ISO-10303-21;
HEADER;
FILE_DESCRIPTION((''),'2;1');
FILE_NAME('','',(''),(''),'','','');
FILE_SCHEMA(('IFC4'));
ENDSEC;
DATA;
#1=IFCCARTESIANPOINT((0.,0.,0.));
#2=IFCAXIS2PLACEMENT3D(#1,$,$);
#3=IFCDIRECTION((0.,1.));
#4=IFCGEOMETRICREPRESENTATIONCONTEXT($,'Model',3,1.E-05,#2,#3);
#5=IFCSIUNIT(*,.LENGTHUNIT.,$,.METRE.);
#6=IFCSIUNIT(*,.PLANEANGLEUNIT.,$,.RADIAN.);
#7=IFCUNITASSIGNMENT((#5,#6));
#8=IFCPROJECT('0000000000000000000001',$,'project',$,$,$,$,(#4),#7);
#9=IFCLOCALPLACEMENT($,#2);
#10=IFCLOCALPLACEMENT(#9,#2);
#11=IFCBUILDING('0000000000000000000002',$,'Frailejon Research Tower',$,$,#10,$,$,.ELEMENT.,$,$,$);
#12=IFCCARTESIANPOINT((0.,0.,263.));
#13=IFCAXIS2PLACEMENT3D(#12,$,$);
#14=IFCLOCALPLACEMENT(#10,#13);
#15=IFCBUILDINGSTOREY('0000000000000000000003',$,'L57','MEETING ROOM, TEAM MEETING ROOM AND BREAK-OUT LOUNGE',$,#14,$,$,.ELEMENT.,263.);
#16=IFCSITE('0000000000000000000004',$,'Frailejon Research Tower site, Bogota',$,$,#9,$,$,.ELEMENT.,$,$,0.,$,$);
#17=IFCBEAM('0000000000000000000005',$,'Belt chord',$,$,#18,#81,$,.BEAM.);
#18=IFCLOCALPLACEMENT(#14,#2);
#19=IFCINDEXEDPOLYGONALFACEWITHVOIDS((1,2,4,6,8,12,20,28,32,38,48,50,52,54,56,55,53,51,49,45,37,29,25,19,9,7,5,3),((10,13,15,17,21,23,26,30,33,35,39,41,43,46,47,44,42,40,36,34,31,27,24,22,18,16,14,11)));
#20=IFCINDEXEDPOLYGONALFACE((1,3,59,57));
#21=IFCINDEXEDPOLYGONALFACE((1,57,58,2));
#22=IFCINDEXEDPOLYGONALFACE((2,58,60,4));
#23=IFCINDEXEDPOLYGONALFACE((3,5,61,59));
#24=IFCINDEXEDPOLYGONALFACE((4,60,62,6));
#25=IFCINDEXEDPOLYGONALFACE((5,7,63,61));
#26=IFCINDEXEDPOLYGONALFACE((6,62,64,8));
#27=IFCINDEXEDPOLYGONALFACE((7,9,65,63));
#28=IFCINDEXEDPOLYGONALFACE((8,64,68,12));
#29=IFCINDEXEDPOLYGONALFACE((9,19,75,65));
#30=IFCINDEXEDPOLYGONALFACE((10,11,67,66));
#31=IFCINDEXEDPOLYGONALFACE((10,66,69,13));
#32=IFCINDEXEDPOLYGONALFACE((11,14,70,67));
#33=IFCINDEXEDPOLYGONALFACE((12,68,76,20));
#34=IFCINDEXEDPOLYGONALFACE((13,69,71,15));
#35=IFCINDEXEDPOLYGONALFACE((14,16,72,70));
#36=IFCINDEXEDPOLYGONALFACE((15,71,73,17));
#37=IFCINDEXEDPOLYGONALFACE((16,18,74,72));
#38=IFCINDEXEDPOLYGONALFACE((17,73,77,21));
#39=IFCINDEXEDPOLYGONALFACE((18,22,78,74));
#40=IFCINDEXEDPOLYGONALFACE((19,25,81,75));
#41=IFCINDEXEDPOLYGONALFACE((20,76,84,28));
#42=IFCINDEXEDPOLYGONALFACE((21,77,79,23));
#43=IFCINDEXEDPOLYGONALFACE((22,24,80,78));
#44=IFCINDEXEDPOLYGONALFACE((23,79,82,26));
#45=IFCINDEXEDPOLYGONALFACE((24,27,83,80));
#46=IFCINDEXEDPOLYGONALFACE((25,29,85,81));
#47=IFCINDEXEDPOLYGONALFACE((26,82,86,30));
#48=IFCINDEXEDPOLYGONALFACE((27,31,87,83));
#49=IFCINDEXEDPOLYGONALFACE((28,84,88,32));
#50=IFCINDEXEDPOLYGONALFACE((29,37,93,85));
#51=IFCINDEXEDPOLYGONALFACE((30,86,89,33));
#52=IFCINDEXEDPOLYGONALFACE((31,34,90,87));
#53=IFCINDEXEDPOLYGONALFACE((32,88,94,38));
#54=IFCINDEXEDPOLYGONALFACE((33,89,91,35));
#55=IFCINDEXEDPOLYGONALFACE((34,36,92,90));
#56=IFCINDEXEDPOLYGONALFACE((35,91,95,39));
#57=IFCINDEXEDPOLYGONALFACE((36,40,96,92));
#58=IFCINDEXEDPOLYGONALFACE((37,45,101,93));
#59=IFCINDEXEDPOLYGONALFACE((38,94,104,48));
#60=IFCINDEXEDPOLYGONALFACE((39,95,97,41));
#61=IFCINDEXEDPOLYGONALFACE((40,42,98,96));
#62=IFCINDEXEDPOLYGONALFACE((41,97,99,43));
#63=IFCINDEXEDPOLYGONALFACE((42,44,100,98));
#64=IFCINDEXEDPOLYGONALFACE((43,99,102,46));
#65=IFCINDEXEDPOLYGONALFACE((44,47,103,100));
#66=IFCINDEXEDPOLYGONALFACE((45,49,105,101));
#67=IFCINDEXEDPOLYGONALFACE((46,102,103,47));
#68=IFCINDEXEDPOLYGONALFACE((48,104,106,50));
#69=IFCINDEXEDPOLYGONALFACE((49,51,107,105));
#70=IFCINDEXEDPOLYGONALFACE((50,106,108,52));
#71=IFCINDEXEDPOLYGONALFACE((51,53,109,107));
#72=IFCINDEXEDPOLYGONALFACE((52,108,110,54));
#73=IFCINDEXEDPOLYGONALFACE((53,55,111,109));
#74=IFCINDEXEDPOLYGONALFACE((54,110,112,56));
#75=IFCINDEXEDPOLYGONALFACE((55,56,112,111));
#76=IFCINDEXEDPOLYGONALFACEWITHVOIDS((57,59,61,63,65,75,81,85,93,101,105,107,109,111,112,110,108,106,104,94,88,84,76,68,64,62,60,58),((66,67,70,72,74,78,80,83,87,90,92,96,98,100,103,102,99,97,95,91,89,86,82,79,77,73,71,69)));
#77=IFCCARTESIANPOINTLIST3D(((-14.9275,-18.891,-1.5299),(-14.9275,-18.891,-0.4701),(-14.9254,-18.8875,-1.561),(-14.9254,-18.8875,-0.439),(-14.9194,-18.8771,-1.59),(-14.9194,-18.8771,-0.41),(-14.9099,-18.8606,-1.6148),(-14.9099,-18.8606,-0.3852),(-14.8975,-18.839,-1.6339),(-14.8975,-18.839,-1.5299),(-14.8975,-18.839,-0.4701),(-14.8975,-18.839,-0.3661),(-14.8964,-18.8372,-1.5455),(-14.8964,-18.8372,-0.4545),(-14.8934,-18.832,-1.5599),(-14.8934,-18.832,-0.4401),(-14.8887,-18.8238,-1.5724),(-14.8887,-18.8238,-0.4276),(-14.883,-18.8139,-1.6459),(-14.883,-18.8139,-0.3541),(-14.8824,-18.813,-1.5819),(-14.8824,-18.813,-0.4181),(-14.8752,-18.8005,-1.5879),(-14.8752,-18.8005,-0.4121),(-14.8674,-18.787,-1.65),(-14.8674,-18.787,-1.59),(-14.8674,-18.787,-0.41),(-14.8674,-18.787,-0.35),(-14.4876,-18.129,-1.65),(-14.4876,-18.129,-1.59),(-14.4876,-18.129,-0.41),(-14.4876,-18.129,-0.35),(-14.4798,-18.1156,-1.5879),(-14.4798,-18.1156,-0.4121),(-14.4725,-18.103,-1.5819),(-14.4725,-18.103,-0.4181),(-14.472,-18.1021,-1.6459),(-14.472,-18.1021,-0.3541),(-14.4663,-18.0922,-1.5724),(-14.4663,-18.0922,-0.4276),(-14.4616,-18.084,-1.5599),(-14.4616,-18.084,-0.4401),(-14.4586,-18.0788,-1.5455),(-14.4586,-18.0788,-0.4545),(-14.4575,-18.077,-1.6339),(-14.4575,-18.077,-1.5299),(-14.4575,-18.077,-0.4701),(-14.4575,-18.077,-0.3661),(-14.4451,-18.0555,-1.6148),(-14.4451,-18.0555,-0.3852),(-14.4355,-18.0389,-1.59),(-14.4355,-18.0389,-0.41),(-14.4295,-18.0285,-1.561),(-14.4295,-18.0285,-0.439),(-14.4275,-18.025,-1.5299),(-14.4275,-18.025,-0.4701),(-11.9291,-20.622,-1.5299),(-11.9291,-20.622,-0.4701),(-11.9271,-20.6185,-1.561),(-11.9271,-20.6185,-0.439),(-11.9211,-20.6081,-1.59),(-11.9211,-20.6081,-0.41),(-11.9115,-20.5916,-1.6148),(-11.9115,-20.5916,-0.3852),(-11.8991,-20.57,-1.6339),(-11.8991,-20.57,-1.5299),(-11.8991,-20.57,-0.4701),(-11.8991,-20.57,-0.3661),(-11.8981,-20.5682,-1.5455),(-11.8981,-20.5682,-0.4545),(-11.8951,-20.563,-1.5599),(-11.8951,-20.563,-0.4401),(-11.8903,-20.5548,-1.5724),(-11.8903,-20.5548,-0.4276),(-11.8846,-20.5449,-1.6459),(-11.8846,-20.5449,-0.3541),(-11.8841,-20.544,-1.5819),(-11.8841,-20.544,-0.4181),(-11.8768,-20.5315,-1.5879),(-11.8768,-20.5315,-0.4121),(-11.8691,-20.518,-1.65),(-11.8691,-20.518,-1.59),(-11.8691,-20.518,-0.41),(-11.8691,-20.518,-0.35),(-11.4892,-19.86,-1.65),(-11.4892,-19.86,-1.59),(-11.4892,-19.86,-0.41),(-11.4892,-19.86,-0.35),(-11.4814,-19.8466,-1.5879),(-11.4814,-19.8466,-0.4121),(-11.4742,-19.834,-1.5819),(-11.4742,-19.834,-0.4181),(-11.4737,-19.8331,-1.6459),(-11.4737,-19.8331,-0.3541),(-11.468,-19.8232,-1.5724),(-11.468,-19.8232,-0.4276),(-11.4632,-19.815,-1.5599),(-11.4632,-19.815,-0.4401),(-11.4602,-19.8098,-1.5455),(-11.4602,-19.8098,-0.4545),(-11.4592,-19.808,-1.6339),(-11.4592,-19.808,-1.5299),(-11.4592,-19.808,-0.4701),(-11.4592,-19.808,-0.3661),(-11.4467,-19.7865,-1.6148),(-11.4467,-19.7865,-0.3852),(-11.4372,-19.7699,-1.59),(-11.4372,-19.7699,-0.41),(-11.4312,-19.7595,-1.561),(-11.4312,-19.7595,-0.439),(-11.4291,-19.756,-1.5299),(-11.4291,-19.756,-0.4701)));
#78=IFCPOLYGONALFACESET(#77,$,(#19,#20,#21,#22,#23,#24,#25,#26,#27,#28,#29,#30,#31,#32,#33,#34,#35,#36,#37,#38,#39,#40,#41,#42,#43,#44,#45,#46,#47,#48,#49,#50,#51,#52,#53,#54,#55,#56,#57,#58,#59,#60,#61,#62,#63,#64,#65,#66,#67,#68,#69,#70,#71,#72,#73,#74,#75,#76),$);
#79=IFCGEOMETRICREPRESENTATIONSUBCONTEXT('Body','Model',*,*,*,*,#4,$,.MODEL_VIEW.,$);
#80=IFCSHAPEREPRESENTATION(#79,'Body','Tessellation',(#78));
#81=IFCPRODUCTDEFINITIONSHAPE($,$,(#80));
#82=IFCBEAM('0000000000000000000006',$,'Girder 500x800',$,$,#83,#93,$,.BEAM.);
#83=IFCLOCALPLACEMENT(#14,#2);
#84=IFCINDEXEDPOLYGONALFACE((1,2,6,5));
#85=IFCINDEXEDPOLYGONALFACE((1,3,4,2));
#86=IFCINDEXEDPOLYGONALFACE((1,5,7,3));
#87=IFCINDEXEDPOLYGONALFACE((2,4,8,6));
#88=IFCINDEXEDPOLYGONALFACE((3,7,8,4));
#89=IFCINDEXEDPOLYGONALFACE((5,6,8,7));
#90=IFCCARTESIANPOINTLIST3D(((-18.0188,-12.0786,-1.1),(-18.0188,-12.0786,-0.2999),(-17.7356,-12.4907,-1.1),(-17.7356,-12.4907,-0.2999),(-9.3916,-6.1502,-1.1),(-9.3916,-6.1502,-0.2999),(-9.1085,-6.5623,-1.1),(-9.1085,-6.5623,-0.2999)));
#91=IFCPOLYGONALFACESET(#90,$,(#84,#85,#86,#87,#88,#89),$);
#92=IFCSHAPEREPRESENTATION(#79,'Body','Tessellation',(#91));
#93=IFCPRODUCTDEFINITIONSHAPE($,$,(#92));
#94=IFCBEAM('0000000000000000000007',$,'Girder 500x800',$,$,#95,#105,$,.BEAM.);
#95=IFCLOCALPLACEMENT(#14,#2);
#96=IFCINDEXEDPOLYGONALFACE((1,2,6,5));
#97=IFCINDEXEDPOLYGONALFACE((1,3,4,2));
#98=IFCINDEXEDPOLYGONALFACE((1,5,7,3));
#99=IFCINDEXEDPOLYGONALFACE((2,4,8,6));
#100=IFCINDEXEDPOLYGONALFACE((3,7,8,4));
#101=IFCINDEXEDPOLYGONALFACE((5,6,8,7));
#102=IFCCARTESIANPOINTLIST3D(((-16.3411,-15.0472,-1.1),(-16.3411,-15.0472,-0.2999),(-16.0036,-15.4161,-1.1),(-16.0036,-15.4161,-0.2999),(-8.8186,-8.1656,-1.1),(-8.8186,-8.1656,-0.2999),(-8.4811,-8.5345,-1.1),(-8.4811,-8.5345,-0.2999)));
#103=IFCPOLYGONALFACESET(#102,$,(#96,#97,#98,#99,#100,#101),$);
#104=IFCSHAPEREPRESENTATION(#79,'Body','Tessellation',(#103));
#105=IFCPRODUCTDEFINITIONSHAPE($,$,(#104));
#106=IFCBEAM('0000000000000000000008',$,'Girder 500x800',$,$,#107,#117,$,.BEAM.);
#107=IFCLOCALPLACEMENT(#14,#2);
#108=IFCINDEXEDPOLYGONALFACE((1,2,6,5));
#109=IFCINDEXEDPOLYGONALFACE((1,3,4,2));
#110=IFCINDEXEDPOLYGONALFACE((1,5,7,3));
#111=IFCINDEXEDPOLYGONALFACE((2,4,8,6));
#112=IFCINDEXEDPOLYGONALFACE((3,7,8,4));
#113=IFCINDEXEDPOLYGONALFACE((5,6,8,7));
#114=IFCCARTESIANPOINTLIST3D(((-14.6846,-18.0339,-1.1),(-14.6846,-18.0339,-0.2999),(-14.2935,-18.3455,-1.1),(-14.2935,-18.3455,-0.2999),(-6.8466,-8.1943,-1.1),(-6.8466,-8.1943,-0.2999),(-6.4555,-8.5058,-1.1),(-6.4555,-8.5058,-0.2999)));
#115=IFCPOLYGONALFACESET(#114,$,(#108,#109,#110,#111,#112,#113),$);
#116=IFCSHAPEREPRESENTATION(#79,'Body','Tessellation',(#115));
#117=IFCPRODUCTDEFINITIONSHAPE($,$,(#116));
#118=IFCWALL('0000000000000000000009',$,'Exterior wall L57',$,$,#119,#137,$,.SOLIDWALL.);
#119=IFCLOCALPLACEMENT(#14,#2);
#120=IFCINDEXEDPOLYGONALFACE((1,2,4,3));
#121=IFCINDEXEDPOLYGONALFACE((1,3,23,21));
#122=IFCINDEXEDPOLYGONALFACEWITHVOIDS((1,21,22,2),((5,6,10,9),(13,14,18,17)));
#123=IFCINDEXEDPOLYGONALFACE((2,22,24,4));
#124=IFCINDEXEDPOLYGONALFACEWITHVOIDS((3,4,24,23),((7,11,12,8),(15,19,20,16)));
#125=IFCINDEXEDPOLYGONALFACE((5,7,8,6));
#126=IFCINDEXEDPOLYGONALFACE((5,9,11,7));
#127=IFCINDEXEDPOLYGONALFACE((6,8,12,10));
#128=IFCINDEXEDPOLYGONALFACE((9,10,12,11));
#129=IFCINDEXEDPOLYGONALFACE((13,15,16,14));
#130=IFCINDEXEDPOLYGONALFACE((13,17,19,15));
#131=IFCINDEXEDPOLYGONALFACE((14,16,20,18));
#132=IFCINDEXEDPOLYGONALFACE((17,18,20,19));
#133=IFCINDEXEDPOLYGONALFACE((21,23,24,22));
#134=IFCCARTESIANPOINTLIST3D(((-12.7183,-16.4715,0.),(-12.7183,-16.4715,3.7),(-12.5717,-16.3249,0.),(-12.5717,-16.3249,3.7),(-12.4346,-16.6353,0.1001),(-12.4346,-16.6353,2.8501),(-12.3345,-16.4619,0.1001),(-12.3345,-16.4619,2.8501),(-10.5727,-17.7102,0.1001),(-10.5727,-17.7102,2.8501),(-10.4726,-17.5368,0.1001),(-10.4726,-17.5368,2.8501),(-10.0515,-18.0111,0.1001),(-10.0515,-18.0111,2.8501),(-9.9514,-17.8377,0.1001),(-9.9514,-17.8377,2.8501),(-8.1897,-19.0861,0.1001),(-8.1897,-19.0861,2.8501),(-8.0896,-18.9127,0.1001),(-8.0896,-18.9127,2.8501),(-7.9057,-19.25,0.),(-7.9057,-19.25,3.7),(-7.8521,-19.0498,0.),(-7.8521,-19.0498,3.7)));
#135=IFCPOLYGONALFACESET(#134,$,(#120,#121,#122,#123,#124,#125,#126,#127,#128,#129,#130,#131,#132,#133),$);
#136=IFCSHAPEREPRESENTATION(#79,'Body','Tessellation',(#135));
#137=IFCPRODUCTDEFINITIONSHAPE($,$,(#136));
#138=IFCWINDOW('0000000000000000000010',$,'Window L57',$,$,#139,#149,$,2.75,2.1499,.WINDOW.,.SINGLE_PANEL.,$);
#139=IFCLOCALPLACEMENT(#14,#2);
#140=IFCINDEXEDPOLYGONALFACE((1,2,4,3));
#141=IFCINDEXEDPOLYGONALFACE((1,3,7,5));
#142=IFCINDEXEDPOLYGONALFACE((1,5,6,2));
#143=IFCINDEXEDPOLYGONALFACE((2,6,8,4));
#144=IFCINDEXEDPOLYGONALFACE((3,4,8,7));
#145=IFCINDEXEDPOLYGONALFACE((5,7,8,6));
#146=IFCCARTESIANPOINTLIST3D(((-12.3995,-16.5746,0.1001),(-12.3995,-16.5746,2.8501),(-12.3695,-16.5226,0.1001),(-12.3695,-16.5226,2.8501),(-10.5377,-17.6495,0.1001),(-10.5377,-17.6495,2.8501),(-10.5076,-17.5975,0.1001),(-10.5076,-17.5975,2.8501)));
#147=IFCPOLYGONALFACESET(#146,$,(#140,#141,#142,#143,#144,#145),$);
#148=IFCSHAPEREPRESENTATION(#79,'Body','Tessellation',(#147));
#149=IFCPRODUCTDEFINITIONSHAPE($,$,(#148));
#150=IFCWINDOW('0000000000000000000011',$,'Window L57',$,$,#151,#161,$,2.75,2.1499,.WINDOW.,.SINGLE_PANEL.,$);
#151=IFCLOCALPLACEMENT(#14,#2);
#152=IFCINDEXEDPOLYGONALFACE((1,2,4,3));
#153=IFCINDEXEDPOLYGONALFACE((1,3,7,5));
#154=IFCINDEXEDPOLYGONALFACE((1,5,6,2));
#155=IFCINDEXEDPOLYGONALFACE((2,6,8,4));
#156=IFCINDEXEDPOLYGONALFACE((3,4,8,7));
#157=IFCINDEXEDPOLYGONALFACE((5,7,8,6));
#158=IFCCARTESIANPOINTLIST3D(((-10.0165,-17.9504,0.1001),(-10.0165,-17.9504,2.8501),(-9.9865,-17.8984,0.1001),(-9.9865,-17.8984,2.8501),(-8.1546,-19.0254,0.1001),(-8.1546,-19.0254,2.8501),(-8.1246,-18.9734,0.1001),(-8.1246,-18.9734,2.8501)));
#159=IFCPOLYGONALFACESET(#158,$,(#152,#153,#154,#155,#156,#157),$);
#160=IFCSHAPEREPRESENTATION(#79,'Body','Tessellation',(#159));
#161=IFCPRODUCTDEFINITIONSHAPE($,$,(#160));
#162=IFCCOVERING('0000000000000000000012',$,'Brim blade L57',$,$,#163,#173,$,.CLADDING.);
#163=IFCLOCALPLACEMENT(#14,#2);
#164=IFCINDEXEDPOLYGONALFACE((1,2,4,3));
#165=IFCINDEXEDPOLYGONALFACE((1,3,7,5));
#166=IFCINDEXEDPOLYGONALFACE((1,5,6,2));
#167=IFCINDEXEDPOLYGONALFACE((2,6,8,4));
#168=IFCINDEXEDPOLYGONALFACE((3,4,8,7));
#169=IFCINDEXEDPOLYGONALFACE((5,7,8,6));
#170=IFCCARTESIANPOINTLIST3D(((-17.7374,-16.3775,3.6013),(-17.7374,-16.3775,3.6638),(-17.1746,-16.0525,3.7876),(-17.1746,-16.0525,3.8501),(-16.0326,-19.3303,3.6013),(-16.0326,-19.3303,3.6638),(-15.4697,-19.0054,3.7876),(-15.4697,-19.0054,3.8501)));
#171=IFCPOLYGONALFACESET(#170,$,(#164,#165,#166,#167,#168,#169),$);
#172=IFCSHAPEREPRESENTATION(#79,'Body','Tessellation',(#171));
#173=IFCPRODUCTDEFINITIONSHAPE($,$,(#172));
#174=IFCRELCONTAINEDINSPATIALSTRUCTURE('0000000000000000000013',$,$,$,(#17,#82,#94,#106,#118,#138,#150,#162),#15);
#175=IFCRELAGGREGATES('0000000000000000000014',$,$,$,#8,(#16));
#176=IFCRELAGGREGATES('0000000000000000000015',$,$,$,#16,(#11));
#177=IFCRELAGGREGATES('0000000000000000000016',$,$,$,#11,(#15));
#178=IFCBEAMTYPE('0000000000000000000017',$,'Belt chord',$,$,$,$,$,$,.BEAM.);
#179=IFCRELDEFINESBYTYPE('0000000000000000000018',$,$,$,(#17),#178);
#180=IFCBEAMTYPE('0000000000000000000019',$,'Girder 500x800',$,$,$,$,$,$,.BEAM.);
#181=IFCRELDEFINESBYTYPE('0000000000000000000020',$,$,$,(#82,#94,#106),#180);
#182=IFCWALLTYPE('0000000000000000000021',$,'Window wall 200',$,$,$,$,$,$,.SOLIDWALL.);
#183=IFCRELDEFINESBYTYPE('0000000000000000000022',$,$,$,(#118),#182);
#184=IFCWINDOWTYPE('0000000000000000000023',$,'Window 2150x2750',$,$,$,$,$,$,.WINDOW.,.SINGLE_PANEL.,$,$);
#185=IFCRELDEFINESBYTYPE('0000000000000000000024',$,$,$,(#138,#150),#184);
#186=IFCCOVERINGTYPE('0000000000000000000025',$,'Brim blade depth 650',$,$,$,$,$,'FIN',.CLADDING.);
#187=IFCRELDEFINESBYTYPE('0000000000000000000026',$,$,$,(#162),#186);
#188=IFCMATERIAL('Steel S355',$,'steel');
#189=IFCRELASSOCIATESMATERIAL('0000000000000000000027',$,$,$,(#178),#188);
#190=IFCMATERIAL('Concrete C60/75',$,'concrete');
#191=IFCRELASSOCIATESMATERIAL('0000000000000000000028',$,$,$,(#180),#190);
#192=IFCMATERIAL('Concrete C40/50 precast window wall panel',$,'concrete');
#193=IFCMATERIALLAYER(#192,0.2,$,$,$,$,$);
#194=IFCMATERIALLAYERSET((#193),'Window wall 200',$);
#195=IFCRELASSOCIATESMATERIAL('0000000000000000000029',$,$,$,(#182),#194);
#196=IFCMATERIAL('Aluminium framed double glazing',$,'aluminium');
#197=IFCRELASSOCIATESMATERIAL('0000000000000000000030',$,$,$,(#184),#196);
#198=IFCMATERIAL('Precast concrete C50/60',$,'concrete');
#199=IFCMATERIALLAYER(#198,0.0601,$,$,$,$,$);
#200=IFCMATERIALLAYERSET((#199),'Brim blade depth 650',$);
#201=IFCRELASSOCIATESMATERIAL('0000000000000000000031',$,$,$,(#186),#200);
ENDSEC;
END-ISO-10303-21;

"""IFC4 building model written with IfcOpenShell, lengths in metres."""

from ifc_helpers import new_model, si_unit, direction, frame, frame_2d, origin, origin_2d, place, context, subcontext, project, spatial, polyline, rectangle, hollow_rectangle, outline, extrude, material, layer, layer_set, material_profile, profile_set, type_object, element, fill, save


model = new_model("IFC4")

# Units and contexts
model_context = context("Model", 3, precision=1e-05, world=origin(), true_north=direction((0.0, 1.0)))
body_context = subcontext(model_context, "Body", "Model", "MODEL_VIEW")
ifc_project = project(units=[si_unit("LENGTHUNIT", "METRE"), si_unit("PLANEANGLEUNIT", "RADIAN")], contexts=[model_context])

# Site, building, storey
site_placement = place(None, origin())
site = spatial("IfcSite", under=ifc_project, at=site_placement, Name="Frailejon Research Tower site, Bogota", CompositionType="ELEMENT", RefElevation=0.0)
building_placement = place(site_placement, origin())
building = spatial("IfcBuilding", under=site, at=building_placement, Name="Frailejon Research Tower", CompositionType="ELEMENT")
storey_placement = place(building_placement, frame((0.0, 0.0, 263.0)))
storey = spatial("IfcBuildingStorey", under=building, at=storey_placement, Name="L57", Description="MEETING ROOM, TEAM MEETING ROOM AND BREAK-OUT LOUNGE", CompositionType="ELEMENT", Elevation=263.0)

# Beams
ifc_material_1 = material(Name="Steel S355", Category="steel")
ifc_material_profile_1 = material_profile(ifc_material_1, hollow_rectangle(XDim=1.0, YDim=1.3, WallThickness=0.0601, InnerFilletRadius=0.0601, OuterFilletRadius=0.1201, at=origin_2d()), Name="Belt chord")
ifc_profile_set_1 = profile_set([ifc_material_profile_1], Name="Steel S355")
beam_type_1 = type_object("IfcBeamType", Name="Belt chord", PredefinedType="BEAM", material=ifc_profile_set_1)
beam_1_placement = place(storey_placement, frame((-14.6775, -18.458, -1.0), z_axis=(0.866039, -0.499977, 0.0), x_axis=(0.499977, 0.866039, 0.0)))
element("IfcBeam", 1, at=beam_1_placement, inside=storey, type_object=beam_type_1, Name="Belt chord", PredefinedType="BEAM", context=body_context, shape_type="SweptSolid", body=[
    extrude(hollow_rectangle(XDim=1.0, YDim=1.3, WallThickness=0.0601, InnerFilletRadius=0.0601, OuterFilletRadius=0.1201, at=origin_2d()), origin(), (0.0, 0.0, 1.0), 3.4622),
])
ifc_material_2 = material(Name="Concrete C60/75", Category="concrete")
ifc_material_profile_2 = material_profile(ifc_material_2, rectangle(XDim=0.5, YDim=0.8, at=origin_2d()), Name="Girder 500x800")
ifc_profile_set_2 = profile_set([ifc_material_profile_2], Name="Concrete C60/75")
beam_type_2 = type_object("IfcBeamType", Name="Girder 500x800", PredefinedType="BEAM", material=ifc_profile_set_2)
beam_2_placement = place(storey_placement, frame((-17.8772, -12.2847, -0.7), z_axis=(0.824164, 0.566352, 0.0), x_axis=(-0.566352, 0.824164, 0.0)))
element("IfcBeam", 2, at=beam_2_placement, inside=storey, type_object=beam_type_2, Name="Girder 500x800", PredefinedType="BEAM", context=body_context, shape_type="SweptSolid", body=[
    extrude(rectangle(XDim=0.5, YDim=0.8, at=origin_2d()), origin(), (0.0, 0.0, 1.0), 10.4678),
])
beam_3_placement = place(storey_placement, frame((-16.1724, -15.2317, -0.7), z_axis=(0.737838, 0.674978, 0.0), x_axis=(-0.674978, 0.737838, 0.0)))
element("IfcBeam", 3, at=beam_3_placement, inside=storey, type_object=beam_type_2, Name="Girder 500x800", PredefinedType="BEAM", context=body_context, shape_type="SweptSolid", body=[
    extrude(rectangle(XDim=0.5, YDim=0.8, at=origin_2d()), origin(), (0.0, 0.0, 1.0), 10.1953),
])
beam_4_placement = place(storey_placement, frame((-14.489, -18.1897, -0.7), z_axis=(0.623056, 0.782177, 0.0), x_axis=(-0.782177, 0.623056, 0.0)))
element("IfcBeam", 4, at=beam_4_placement, inside=storey, type_object=beam_type_2, Name="Girder 500x800", PredefinedType="BEAM", context=body_context, shape_type="SweptSolid", body=[
    extrude(rectangle(XDim=0.5, YDim=0.8, at=origin_2d()), origin(), (0.0, 0.0, 1.0), 12.5798),
])

# Wall, openings, windows
ifc_material_3 = material(Name="Concrete C40/50 precast window wall panel", Category="concrete")
ifc_layer_1 = layer(ifc_material_3, 0.2)
ifc_layer_set_1 = layer_set([ifc_layer_1], Name="Window wall 200")
wall_type = type_object("IfcWallType", Name="Window wall 200", PredefinedType="SOLIDWALL", material=ifc_layer_set_1)
wall_placement = place(storey_placement, frame((-12.645, -16.3982, 0.0), z_axis=(0.0, 0.0, 1.0), x_axis=(0.866026, -0.499999, 0.0)))
wall = element("IfcWall", 5, at=wall_placement, inside=storey, type_object=wall_type, Name="Exterior wall L57", PredefinedType="SOLIDWALL", context=body_context, shape_type="SweptSolid", body=[
    extrude(outline(polyline([(-0.0269, -0.1001), (1.0845, -0.1001), (2.196, -0.1001), (3.3074, -0.1001), (4.4189, -0.1001), (5.5303, -0.1001), (5.4766, 0.1001), (4.3867, 0.1001), (3.2966, 0.1001), (2.2068, 0.1001), (1.1167, 0.1001), (0.0269, 0.1001), (-0.0269, -0.1001)])), origin(), (0.0, 0.0, 1.0), 3.7),
])
opening_1_placement = place(wall_placement, frame((0.3008, 0.0, 0.1001)))
opening_1 = element("IfcOpeningElement", 6, at=opening_1_placement, cuts=wall, PredefinedType="OPENING", context=body_context, shape_type="SweptSolid", body=[
    extrude(rectangle(XDim=2.1499, YDim=2.75, at=frame_2d((1.075, 1.375))), frame((0.0, 0.1099, 0.0), z_axis=(0.0, -1.0, 0.0), x_axis=(1.0, 0.0, 0.0)), (0.0, 0.0, 1.0), 0.22),
])
opening_2_placement = place(wall_placement, frame((3.0525, 0.0, 0.1001)))
opening_2 = element("IfcOpeningElement", 7, at=opening_2_placement, cuts=wall, PredefinedType="OPENING", context=body_context, shape_type="SweptSolid", body=[
    extrude(rectangle(XDim=2.1499, YDim=2.75, at=frame_2d((1.075, 1.375))), frame((0.0, 0.1099, 0.0), z_axis=(0.0, -1.0, 0.0), x_axis=(1.0, 0.0, 0.0)), (0.0, 0.0, 1.0), 0.22),
])
ifc_material_4 = material(Name="Aluminium framed double glazing", Category="aluminium")
window_type = type_object("IfcWindowType", Name="Window 2150x2750", PartitioningType="SINGLE_PANEL", PredefinedType="WINDOW", material=ifc_material_4)
window_1_placement = place(opening_1_placement, origin())
window_1 = element("IfcWindow", 8, at=window_1_placement, inside=storey, type_object=window_type, Name="Window L57", OverallHeight=2.75, OverallWidth=2.1499, PartitioningType="SINGLE_PANEL", PredefinedType="WINDOW", context=body_context, shape_type="SweptSolid", body=[
    extrude(rectangle(XDim=2.1499, YDim=2.75, at=frame_2d((1.075, 1.375))), frame((0.0, 0.03, 0.0), z_axis=(0.0, -1.0, 0.0), x_axis=(1.0, 0.0, 0.0)), (0.0, 0.0, 1.0), 0.0601),
])
fill(opening_1, window_1)
window_2_placement = place(opening_2_placement, origin())
window_2 = element("IfcWindow", 9, at=window_2_placement, inside=storey, type_object=window_type, Name="Window L57", OverallHeight=2.75, OverallWidth=2.1499, PartitioningType="SINGLE_PANEL", PredefinedType="WINDOW", context=body_context, shape_type="SweptSolid", body=[
    extrude(rectangle(XDim=2.1499, YDim=2.75, at=frame_2d((1.075, 1.375))), frame((0.0, 0.03, 0.0), z_axis=(0.0, -1.0, 0.0), x_axis=(1.0, 0.0, 0.0)), (0.0, 0.0, 1.0), 0.0601),
])
fill(opening_2, window_2)

# Covering
ifc_material_5 = material(Name="Precast concrete C50/60", Category="concrete")
ifc_layer_2 = layer(ifc_material_5, 0.0601)
ifc_layer_set_2 = layer_set([ifc_layer_2], Name="Brim blade depth 650")
covering_type_1 = type_object("IfcCoveringType", Name="Brim blade depth 650", ElementType="FIN", PredefinedType="CLADDING", material=ifc_layer_set_2)
covering_1_placement = place(storey_placement, frame((-15.4697, -19.0054, 3.8501), z_axis=(-0.500009, 0.86602, 0.0), x_axis=(-0.86602, -0.500009, 0.0)))
element("IfcCovering", 10, at=covering_1_placement, inside=storey, type_object=covering_type_1, Name="Brim blade L57", PredefinedType="CLADDING", context=body_context, shape_type="SweptSolid", body=[
    extrude(outline(polyline([(0.0, -0.0625), (0.6499, -0.2488), (0.6499, -0.1863), (0.0, 0.0), (0.0, -0.0625)])), origin(), (0.0, 0.0, 1.0), 3.4097),
])

save(model, "model.ifc")
